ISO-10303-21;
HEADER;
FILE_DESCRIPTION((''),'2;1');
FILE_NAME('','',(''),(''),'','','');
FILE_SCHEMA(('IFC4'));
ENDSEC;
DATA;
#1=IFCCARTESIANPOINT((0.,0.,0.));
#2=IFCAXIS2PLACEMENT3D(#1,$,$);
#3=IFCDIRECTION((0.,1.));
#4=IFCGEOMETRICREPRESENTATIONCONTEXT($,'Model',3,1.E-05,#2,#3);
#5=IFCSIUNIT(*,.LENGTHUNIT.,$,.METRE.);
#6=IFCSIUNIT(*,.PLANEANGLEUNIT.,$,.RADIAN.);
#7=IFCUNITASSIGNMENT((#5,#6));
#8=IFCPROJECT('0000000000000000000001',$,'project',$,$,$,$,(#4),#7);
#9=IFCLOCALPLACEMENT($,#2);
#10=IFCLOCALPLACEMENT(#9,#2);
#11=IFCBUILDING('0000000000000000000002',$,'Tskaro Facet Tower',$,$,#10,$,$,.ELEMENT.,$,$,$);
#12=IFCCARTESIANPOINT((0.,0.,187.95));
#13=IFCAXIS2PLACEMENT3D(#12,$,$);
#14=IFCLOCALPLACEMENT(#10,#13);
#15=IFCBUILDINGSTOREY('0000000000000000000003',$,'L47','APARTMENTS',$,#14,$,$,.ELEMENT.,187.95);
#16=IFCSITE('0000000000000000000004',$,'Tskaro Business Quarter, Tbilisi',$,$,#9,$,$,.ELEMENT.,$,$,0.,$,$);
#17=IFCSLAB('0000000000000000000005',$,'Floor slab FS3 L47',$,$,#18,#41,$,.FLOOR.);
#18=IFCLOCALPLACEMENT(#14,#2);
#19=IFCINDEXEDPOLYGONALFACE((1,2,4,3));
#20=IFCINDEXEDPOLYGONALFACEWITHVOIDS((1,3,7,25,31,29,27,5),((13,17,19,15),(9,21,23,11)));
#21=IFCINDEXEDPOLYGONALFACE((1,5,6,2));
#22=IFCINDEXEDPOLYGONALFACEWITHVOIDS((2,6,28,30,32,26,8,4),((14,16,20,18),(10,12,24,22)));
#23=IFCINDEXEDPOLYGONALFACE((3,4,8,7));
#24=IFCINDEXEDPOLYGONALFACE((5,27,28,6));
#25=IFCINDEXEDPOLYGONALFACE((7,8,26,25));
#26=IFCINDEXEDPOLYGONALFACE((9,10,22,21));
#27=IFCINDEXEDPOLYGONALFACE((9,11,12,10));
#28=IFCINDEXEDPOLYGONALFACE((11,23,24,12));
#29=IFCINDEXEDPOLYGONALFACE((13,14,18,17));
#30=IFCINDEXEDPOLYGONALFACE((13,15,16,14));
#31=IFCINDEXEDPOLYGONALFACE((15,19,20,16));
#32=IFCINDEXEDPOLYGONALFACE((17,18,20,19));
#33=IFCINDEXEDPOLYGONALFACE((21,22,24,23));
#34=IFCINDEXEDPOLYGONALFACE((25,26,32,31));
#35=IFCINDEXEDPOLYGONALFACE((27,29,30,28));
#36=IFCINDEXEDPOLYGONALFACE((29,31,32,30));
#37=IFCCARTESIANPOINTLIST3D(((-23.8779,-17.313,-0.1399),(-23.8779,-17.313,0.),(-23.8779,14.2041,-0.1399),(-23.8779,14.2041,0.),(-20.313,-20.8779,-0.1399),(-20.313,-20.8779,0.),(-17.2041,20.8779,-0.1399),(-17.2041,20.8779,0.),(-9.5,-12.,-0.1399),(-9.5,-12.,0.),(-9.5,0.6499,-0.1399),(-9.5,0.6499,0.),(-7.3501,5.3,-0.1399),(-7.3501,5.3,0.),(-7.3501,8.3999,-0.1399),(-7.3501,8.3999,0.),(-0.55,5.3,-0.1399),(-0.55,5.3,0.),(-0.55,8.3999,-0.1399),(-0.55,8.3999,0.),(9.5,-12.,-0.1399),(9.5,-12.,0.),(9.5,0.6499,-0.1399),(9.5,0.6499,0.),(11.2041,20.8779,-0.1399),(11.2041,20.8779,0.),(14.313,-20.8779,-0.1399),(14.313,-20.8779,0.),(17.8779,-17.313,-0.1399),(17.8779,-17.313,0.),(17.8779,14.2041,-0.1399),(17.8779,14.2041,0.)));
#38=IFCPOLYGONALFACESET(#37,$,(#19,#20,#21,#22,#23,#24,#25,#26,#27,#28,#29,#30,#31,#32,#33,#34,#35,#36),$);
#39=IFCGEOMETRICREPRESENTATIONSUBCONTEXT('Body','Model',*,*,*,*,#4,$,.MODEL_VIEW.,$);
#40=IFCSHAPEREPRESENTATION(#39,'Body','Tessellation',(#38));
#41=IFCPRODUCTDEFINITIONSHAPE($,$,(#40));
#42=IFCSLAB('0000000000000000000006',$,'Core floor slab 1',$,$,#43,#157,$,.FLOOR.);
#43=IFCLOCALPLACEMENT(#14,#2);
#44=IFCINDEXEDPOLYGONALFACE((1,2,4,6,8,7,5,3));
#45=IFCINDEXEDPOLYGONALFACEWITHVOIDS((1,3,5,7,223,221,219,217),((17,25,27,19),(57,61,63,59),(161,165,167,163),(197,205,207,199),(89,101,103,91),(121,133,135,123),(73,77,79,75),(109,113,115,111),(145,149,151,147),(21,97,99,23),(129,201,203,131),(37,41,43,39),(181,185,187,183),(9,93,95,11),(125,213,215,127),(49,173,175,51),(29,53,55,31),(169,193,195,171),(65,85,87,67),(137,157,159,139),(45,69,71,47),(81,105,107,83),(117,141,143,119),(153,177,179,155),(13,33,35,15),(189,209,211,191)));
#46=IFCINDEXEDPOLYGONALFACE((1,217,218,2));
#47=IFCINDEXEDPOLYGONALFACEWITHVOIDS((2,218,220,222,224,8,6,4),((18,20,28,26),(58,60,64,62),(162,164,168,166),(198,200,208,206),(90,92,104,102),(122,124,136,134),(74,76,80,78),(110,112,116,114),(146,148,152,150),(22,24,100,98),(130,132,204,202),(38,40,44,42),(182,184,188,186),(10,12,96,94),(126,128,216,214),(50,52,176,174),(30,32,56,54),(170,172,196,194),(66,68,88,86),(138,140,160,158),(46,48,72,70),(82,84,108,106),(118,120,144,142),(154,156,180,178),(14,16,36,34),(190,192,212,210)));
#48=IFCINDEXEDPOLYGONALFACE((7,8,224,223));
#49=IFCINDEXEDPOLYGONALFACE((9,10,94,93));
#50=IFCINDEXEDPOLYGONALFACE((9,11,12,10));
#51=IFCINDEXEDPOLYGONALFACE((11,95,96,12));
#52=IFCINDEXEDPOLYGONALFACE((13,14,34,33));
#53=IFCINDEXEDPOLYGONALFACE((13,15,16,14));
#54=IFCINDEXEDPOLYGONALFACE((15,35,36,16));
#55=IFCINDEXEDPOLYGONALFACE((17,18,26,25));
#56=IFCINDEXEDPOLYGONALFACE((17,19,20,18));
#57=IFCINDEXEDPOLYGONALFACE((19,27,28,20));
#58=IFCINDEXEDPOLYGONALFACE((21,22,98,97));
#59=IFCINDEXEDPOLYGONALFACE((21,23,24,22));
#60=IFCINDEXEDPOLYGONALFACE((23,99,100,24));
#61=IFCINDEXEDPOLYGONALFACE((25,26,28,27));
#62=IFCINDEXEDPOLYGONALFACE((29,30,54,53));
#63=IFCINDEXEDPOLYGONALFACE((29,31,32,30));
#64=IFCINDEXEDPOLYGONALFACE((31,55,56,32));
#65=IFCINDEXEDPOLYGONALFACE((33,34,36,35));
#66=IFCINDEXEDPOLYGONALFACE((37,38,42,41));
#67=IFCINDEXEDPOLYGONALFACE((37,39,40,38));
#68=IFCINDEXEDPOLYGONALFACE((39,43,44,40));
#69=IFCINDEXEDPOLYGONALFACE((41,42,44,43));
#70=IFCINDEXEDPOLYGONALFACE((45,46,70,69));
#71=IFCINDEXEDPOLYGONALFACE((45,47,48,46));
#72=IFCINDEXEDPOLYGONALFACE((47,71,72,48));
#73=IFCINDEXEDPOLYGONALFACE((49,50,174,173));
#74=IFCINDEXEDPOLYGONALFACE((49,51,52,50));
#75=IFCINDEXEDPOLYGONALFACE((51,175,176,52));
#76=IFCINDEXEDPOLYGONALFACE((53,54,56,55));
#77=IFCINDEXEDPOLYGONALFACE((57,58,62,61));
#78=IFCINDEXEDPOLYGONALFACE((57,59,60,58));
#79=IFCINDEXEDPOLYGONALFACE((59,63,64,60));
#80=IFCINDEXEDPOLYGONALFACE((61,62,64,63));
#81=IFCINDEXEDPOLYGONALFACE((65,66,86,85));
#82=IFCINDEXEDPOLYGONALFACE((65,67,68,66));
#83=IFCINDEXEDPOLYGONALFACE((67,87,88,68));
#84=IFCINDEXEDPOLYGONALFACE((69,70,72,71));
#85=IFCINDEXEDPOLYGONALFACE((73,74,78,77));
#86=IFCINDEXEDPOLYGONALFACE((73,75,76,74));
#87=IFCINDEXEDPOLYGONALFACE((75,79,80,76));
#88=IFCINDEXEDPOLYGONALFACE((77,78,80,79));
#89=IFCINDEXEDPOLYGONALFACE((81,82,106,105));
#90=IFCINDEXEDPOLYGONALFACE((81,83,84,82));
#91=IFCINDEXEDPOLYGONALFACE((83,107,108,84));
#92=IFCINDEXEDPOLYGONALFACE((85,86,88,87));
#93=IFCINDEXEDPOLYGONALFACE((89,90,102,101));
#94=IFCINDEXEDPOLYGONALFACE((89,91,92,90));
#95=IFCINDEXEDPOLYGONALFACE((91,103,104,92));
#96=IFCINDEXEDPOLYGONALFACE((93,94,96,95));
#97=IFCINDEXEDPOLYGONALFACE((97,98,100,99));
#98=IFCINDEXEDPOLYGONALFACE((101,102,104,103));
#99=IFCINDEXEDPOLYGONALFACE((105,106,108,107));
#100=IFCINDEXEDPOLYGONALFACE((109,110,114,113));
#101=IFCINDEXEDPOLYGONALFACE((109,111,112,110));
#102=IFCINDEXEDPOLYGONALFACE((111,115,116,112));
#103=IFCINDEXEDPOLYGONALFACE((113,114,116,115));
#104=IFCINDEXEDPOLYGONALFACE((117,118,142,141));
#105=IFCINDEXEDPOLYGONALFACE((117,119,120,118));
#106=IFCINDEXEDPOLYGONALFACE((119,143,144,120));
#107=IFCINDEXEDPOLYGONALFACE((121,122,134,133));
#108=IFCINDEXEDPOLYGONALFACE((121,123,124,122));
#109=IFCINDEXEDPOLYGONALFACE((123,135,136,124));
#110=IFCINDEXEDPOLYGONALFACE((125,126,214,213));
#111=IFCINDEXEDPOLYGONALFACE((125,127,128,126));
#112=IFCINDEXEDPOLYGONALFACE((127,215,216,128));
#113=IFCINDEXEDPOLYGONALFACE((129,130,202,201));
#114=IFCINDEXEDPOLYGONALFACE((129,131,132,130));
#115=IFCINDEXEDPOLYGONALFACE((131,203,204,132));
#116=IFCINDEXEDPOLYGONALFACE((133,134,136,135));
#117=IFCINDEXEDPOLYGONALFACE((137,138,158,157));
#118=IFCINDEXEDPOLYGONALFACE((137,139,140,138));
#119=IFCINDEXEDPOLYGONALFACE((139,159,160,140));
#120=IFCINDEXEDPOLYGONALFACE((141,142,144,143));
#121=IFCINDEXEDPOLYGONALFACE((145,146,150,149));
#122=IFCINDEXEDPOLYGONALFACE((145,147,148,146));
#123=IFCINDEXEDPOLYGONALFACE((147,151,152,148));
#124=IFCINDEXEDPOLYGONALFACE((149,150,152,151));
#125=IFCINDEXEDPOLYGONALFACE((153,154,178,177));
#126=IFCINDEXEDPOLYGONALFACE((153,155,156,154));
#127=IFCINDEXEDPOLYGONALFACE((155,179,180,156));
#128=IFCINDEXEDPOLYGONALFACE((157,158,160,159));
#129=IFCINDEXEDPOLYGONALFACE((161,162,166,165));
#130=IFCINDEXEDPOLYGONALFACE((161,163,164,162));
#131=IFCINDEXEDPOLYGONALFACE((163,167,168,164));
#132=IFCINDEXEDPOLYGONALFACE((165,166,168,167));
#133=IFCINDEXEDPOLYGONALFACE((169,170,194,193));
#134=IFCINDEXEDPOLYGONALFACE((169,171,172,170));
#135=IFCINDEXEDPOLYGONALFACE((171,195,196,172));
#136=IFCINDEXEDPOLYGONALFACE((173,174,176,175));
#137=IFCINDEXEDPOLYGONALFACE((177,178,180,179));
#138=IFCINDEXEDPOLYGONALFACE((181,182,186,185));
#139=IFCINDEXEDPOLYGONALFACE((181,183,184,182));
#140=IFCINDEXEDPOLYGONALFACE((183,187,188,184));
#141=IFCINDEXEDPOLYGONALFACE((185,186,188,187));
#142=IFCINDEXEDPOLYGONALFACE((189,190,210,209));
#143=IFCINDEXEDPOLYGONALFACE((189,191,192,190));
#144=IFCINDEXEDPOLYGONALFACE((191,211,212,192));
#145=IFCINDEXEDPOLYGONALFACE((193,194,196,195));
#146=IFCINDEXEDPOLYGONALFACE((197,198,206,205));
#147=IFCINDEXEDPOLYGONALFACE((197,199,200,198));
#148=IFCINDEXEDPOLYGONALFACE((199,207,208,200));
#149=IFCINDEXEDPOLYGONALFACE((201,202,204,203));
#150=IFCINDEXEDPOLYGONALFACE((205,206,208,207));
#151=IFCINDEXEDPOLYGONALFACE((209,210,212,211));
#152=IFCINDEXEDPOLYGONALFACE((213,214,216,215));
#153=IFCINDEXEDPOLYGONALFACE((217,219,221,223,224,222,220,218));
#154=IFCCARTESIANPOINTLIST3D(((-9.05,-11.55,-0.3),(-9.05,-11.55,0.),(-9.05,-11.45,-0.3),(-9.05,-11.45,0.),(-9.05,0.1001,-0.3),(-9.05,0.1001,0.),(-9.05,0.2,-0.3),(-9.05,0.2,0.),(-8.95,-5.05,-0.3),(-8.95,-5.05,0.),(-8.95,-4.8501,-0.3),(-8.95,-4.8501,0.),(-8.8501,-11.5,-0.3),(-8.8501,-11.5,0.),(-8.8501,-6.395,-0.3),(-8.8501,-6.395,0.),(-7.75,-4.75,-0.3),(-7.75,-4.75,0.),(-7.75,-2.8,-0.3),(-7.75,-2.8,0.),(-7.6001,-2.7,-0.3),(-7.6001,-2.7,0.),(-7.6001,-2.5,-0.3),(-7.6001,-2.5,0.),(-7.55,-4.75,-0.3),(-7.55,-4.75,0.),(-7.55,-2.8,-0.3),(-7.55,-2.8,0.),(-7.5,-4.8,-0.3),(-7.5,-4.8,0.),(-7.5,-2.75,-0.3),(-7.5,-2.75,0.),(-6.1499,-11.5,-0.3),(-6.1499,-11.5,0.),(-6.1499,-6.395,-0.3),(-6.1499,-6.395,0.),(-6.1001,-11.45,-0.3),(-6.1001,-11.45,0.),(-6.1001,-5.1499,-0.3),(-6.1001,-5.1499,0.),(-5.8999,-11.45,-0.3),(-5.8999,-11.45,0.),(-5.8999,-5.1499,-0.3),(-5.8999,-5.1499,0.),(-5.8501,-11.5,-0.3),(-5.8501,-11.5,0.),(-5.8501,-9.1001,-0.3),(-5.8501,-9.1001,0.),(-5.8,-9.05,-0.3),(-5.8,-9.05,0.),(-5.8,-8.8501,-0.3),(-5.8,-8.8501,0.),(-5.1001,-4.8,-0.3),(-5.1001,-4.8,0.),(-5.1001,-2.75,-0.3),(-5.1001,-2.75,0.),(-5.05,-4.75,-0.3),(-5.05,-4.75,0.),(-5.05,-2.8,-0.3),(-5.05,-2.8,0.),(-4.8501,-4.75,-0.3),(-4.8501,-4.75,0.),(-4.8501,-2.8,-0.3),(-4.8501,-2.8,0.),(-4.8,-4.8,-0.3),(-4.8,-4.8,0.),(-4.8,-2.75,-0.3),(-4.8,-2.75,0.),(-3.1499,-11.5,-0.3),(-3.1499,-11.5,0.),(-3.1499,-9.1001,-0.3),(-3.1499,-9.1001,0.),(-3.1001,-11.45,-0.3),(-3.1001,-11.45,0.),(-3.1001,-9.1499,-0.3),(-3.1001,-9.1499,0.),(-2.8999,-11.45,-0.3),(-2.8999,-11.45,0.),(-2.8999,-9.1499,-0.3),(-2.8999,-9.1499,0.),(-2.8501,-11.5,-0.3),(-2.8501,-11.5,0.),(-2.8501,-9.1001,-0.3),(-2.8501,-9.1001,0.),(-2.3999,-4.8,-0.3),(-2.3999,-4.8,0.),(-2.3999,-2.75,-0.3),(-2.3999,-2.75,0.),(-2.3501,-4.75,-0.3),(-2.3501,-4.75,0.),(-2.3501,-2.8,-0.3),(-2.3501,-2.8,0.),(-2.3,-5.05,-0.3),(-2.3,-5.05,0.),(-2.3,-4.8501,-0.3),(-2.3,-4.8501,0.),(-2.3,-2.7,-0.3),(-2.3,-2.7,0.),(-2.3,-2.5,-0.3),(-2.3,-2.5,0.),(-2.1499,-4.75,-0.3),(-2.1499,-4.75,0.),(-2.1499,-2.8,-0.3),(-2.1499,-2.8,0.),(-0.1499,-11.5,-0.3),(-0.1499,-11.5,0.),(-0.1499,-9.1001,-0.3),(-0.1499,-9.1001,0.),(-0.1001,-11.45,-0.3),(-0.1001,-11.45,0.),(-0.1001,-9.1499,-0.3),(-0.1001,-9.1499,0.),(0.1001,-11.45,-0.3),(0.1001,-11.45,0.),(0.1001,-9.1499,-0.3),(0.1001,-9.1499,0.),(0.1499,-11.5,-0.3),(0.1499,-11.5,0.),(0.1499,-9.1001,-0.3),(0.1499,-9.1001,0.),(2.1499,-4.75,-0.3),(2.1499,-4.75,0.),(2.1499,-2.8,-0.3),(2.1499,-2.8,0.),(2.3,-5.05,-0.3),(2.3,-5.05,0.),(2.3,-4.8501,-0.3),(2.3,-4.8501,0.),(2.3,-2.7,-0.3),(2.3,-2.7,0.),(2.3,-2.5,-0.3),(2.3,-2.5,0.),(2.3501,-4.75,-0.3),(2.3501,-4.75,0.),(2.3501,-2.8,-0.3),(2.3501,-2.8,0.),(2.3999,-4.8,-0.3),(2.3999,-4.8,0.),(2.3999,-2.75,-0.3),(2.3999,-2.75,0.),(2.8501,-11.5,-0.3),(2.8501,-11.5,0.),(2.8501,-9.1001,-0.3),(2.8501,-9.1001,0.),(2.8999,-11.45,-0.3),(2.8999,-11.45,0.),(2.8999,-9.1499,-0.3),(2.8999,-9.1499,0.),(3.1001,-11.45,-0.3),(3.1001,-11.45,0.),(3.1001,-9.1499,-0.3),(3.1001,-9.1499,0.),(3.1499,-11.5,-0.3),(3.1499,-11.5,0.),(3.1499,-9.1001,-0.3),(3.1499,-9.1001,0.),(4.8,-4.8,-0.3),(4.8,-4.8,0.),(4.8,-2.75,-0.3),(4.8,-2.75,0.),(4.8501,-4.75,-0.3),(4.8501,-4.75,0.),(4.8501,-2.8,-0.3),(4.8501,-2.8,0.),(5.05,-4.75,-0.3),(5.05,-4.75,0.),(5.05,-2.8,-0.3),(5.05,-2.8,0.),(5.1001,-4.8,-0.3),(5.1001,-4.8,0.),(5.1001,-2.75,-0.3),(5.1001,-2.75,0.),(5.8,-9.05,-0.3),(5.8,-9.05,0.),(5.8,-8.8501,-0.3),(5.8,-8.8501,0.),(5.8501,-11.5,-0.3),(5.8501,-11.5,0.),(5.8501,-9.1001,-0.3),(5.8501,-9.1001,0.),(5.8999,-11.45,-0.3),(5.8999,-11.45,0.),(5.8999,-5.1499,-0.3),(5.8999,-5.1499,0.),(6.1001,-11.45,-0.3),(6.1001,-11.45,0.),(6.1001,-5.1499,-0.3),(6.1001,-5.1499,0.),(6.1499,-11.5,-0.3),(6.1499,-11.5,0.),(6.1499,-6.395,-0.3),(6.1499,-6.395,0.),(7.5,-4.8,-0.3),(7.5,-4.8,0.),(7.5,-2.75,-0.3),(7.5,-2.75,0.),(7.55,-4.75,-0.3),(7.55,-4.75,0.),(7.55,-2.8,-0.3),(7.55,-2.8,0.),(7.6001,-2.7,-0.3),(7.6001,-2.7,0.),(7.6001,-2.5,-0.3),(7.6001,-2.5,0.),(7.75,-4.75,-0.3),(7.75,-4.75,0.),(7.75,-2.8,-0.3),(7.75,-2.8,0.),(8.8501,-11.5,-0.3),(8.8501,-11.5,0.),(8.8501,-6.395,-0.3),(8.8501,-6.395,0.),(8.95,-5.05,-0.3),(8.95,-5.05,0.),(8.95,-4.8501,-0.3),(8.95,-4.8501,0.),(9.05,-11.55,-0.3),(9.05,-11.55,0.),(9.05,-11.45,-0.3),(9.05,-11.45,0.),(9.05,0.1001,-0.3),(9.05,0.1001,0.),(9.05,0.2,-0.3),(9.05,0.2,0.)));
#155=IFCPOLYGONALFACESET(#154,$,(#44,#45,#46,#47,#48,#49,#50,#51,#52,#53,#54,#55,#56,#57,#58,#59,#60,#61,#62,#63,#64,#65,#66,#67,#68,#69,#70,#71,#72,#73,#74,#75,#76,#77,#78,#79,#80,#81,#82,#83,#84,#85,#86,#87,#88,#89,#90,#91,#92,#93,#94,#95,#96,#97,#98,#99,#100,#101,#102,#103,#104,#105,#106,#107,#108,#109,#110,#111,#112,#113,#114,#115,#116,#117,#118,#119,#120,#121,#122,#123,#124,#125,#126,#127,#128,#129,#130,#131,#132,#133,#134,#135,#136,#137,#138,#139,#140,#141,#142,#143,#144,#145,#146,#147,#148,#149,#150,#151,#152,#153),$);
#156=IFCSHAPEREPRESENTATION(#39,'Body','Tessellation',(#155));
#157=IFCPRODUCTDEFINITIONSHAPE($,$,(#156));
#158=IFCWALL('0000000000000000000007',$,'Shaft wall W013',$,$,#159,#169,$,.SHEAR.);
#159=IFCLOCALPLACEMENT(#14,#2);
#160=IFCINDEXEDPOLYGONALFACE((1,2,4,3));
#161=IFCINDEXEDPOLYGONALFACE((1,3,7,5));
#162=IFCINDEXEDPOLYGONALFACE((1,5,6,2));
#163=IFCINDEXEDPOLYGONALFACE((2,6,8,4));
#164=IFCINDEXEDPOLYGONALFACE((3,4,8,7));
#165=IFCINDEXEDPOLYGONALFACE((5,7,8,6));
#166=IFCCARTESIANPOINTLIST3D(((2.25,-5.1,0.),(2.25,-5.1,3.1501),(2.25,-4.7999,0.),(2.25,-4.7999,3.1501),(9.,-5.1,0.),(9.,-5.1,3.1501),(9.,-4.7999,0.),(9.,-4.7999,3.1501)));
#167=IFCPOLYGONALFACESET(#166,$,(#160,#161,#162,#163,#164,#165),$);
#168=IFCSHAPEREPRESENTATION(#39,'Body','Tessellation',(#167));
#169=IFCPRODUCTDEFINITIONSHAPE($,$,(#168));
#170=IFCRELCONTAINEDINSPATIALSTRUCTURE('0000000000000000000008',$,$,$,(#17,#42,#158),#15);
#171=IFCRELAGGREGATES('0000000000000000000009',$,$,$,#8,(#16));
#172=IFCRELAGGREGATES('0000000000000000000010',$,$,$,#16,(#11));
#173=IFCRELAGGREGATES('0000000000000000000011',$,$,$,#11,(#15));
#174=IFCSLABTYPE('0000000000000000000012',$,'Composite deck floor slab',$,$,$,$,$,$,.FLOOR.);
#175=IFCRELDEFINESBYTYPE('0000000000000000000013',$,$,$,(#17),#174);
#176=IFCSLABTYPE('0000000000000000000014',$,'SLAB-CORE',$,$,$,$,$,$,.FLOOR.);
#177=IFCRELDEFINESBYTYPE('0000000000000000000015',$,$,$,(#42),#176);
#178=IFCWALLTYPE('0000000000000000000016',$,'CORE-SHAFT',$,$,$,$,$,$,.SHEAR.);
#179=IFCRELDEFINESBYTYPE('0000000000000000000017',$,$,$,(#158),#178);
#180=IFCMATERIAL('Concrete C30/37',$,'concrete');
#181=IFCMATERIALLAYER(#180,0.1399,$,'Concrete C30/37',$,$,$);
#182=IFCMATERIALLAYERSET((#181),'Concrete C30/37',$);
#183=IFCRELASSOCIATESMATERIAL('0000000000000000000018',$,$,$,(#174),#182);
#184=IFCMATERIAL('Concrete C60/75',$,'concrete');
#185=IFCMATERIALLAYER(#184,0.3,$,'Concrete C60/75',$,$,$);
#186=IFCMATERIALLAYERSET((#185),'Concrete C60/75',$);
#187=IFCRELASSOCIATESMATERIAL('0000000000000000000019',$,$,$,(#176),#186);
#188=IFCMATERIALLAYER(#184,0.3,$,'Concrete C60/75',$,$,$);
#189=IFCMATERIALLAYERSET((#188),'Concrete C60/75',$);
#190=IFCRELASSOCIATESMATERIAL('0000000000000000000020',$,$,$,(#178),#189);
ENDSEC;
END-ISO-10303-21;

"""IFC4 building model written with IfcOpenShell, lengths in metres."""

from ifc_helpers import new_model, si_unit, direction, frame, frame_2d, origin, place, context, subcontext, project, spatial, polyline, rectangle, outline, extrude, material, layer, layer_set, type_object, element, save


model = new_model("IFC4")

# Units and contexts
model_context = context("Model", 3, precision=1e-05, world=origin(), true_north=direction((0.0, 1.0)))
body_context = subcontext(model_context, "Body", "Model", "MODEL_VIEW")
ifc_project = project(units=[si_unit("LENGTHUNIT", "METRE"), si_unit("PLANEANGLEUNIT", "RADIAN")], contexts=[model_context])

# Site, building, storey
site_placement = place(None, origin())
site = spatial("IfcSite", under=ifc_project, at=site_placement, Name="Tskaro Business Quarter, Tbilisi", CompositionType="ELEMENT", RefElevation=0.0)
building_placement = place(site_placement, origin())
building = spatial("IfcBuilding", under=site, at=building_placement, Name="Tskaro Facet Tower", CompositionType="ELEMENT")
storey_placement = place(building_placement, frame((0.0, 0.0, 187.95)))
storey = spatial("IfcBuildingStorey", under=building, at=storey_placement, Name="L47", Description="APARTMENTS", CompositionType="ELEMENT", Elevation=187.95)

# Slabs
ifc_material_1 = material(Name="Concrete C30/37", Category="concrete")
ifc_layer_1 = layer(ifc_material_1, 0.1399, Name="Concrete C30/37")
ifc_layer_set_1 = layer_set([ifc_layer_1], Name="Concrete C30/37")
slab_type_1 = type_object("IfcSlabType", Name="Composite deck floor slab", PredefinedType="FLOOR", material=ifc_layer_set_1)
slab_1_placement = place(storey_placement, frame((0.0, 0.0, -0.1399)))
element("IfcSlab", 1, at=slab_1_placement, inside=storey, type_object=slab_type_1, Name="Floor slab FS3 L47", PredefinedType="FLOOR", context=body_context, shape_type="SweptSolid", body=[
    extrude(outline(polyline([(-20.313, -20.8779), (14.313, -20.8779), (17.8779, -17.313), (17.8779, 14.2041), (11.2041, 20.8779), (-17.2041, 20.8779), (-23.8779, 14.2041), (-23.8779, -17.313), (-20.313, -20.8779)]), holes=[polyline([(-9.5, -12.0), (9.5, -12.0), (9.5, 0.6499), (-9.5, 0.6499), (-9.5, -12.0)]), polyline([(-7.3501, 5.3), (-0.55, 5.3), (-0.55, 8.3999), (-7.3501, 8.3999), (-7.3501, 5.3)])]), origin(), (0.0, 0.0, 1.0), 0.1399),
])
ifc_material_2 = material(Name="Concrete C60/75", Category="concrete")
ifc_layer_2 = layer(ifc_material_2, 0.3, Name="Concrete C60/75")
ifc_layer_set_2 = layer_set([ifc_layer_2], Name="Concrete C60/75")
slab_type_2 = type_object("IfcSlabType", Name="SLAB-CORE", PredefinedType="FLOOR", material=ifc_layer_set_2)
slab_2_placement = place(storey_placement, frame((0.0, 0.0, -0.3)))
element("IfcSlab", 2, at=slab_2_placement, inside=storey, type_object=slab_type_2, Name="Core floor slab 1", PredefinedType="FLOOR", context=body_context, shape_type="SweptSolid", body=[
    extrude(outline(polyline([(-9.05, 0.2), (9.05, 0.2), (9.05, 0.1001), (9.05, -11.45), (9.05, -11.55), (-9.05, -11.55), (-9.05, -11.45), (-9.05, 0.1001), (-9.05, 0.2)]), holes=[polyline([(-5.8501, -9.1001), (-5.8501, -11.5), (-3.1499, -11.5), (-3.1499, -9.1001), (-5.8501, -9.1001)]), polyline([(-3.1001, -11.45), (-2.8999, -11.45), (-2.8999, -9.1499), (-3.1001, -9.1499), (-3.1001, -11.45)]), polyline([(-2.8501, -9.1001), (-2.8501, -11.5), (-0.1499, -11.5), (-0.1499, -9.1001), (-2.8501, -9.1001)]), polyline([(-6.1001, -11.45), (-5.8999, -11.45), (-5.8999, -5.1499), (-6.1001, -5.1499), (-6.1001, -11.45)]), polyline([(-8.95, -5.05), (-2.3, -5.05), (-2.3, -4.8501), (-8.95, -4.8501), (-8.95, -5.05)]), polyline([(-7.75, -4.75), (-7.55, -4.75), (-7.55, -2.8), (-7.75, -2.8), (-7.75, -4.75)]), polyline([(-7.5, -2.75), (-7.5, -4.8), (-5.1001, -4.8), (-5.1001, -2.75), (-7.5, -2.75)]), polyline([(-5.05, -4.75), (-4.8501, -4.75), (-4.8501, -2.8), (-5.05, -2.8), (-5.05, -4.75)]), polyline([(-2.3999, -2.75), (-4.8, -2.75), (-4.8, -4.8), (-2.3999, -4.8), (-2.3999, -2.75)]), polyline([(-2.3501, -4.75), (-2.1499, -4.75), (-2.1499, -2.8), (-2.3501, -2.8), (-2.3501, -4.75)]), polyline([(-7.6001, -2.7), (-2.3, -2.7), (-2.3, -2.5), (-7.6001, -2.5), (-7.6001, -2.7)]), polyline([(-0.1001, -11.45), (0.1001, -11.45), (0.1001, -9.1499), (-0.1001, -9.1499), (-0.1001, -11.45)]), polyline([(0.1499, -9.1001), (0.1499, -11.5), (2.8501, -11.5), (2.8501, -9.1001), (0.1499, -9.1001)]), polyline([(2.8999, -11.45), (3.1001, -11.45), (3.1001, -9.1499), (2.8999, -9.1499), (2.8999, -11.45)]), polyline([(3.1499, -9.1001), (3.1499, -11.5), (5.8501, -11.5), (5.8501, -9.1001), (3.1499, -9.1001)]), polyline([(-5.8, -9.05), (5.8, -9.05), (5.8, -8.8501), (-5.8, -8.8501), (-5.8, -9.05)]), polyline([(5.8999, -11.45), (6.1001, -11.45), (6.1001, -5.1499), (5.8999, -5.1499), (5.8999, -11.45)]), polyline([(2.3, -5.05), (8.95, -5.05), (8.95, -4.8501), (2.3, -4.8501), (2.3, -5.05)]), polyline([(2.1499, -4.75), (2.3501, -4.75), (2.3501, -2.8), (2.1499, -2.8), (2.1499, -4.75)]), polyline([(2.3999, -2.75), (2.3999, -4.8), (4.8, -4.8), (4.8, -2.75), (2.3999, -2.75)]), polyline([(4.8501, -4.75), (5.05, -4.75), (5.05, -2.8), (4.8501, -2.8), (4.8501, -4.75)]), polyline([(5.1001, -4.8), (7.5, -4.8), (7.5, -2.75), (5.1001, -2.75), (5.1001, -4.8)]), polyline([(7.55, -4.75), (7.75, -4.75), (7.75, -2.8), (7.55, -2.8), (7.55, -4.75)]), polyline([(2.3, -2.7), (7.6001, -2.7), (7.6001, -2.5), (2.3, -2.5), (2.3, -2.7)]), polyline([(-8.8501, -11.5), (-6.1499, -11.5), (-6.1499, -6.395), (-8.8501, -6.395), (-8.8501, -11.5)]), polyline([(6.1499, -6.395), (6.1499, -11.5), (8.8501, -11.5), (8.8501, -6.395), (6.1499, -6.395)])]), origin(), (0.0, 0.0, 1.0), 0.3),
])

# Wall
ifc_layer_3 = layer(ifc_material_2, 0.3, Name="Concrete C60/75")
ifc_layer_set_3 = layer_set([ifc_layer_3], Name="Concrete C60/75")
wall_type_1 = type_object("IfcWallType", Name="CORE-SHAFT", PredefinedType="SHEAR", material=ifc_layer_set_3)
wall_1_placement = place(storey_placement, frame((2.25, -4.95, 0.0), z_axis=(0.0, 0.0, 1.0), x_axis=(1.0, 0.0, 0.0)))
element("IfcWall", 3, at=wall_1_placement, inside=storey, type_object=wall_type_1, Name="Shaft wall W013", PredefinedType="SHEAR", context=body_context, shape_type="SweptSolid", body=[
    extrude(rectangle(XDim=6.75, YDim=0.3, at=frame_2d((3.375, 0.0))), origin(), (0.0, 0.0, 1.0), 3.1501),
])

save(model, "model.ifc")
